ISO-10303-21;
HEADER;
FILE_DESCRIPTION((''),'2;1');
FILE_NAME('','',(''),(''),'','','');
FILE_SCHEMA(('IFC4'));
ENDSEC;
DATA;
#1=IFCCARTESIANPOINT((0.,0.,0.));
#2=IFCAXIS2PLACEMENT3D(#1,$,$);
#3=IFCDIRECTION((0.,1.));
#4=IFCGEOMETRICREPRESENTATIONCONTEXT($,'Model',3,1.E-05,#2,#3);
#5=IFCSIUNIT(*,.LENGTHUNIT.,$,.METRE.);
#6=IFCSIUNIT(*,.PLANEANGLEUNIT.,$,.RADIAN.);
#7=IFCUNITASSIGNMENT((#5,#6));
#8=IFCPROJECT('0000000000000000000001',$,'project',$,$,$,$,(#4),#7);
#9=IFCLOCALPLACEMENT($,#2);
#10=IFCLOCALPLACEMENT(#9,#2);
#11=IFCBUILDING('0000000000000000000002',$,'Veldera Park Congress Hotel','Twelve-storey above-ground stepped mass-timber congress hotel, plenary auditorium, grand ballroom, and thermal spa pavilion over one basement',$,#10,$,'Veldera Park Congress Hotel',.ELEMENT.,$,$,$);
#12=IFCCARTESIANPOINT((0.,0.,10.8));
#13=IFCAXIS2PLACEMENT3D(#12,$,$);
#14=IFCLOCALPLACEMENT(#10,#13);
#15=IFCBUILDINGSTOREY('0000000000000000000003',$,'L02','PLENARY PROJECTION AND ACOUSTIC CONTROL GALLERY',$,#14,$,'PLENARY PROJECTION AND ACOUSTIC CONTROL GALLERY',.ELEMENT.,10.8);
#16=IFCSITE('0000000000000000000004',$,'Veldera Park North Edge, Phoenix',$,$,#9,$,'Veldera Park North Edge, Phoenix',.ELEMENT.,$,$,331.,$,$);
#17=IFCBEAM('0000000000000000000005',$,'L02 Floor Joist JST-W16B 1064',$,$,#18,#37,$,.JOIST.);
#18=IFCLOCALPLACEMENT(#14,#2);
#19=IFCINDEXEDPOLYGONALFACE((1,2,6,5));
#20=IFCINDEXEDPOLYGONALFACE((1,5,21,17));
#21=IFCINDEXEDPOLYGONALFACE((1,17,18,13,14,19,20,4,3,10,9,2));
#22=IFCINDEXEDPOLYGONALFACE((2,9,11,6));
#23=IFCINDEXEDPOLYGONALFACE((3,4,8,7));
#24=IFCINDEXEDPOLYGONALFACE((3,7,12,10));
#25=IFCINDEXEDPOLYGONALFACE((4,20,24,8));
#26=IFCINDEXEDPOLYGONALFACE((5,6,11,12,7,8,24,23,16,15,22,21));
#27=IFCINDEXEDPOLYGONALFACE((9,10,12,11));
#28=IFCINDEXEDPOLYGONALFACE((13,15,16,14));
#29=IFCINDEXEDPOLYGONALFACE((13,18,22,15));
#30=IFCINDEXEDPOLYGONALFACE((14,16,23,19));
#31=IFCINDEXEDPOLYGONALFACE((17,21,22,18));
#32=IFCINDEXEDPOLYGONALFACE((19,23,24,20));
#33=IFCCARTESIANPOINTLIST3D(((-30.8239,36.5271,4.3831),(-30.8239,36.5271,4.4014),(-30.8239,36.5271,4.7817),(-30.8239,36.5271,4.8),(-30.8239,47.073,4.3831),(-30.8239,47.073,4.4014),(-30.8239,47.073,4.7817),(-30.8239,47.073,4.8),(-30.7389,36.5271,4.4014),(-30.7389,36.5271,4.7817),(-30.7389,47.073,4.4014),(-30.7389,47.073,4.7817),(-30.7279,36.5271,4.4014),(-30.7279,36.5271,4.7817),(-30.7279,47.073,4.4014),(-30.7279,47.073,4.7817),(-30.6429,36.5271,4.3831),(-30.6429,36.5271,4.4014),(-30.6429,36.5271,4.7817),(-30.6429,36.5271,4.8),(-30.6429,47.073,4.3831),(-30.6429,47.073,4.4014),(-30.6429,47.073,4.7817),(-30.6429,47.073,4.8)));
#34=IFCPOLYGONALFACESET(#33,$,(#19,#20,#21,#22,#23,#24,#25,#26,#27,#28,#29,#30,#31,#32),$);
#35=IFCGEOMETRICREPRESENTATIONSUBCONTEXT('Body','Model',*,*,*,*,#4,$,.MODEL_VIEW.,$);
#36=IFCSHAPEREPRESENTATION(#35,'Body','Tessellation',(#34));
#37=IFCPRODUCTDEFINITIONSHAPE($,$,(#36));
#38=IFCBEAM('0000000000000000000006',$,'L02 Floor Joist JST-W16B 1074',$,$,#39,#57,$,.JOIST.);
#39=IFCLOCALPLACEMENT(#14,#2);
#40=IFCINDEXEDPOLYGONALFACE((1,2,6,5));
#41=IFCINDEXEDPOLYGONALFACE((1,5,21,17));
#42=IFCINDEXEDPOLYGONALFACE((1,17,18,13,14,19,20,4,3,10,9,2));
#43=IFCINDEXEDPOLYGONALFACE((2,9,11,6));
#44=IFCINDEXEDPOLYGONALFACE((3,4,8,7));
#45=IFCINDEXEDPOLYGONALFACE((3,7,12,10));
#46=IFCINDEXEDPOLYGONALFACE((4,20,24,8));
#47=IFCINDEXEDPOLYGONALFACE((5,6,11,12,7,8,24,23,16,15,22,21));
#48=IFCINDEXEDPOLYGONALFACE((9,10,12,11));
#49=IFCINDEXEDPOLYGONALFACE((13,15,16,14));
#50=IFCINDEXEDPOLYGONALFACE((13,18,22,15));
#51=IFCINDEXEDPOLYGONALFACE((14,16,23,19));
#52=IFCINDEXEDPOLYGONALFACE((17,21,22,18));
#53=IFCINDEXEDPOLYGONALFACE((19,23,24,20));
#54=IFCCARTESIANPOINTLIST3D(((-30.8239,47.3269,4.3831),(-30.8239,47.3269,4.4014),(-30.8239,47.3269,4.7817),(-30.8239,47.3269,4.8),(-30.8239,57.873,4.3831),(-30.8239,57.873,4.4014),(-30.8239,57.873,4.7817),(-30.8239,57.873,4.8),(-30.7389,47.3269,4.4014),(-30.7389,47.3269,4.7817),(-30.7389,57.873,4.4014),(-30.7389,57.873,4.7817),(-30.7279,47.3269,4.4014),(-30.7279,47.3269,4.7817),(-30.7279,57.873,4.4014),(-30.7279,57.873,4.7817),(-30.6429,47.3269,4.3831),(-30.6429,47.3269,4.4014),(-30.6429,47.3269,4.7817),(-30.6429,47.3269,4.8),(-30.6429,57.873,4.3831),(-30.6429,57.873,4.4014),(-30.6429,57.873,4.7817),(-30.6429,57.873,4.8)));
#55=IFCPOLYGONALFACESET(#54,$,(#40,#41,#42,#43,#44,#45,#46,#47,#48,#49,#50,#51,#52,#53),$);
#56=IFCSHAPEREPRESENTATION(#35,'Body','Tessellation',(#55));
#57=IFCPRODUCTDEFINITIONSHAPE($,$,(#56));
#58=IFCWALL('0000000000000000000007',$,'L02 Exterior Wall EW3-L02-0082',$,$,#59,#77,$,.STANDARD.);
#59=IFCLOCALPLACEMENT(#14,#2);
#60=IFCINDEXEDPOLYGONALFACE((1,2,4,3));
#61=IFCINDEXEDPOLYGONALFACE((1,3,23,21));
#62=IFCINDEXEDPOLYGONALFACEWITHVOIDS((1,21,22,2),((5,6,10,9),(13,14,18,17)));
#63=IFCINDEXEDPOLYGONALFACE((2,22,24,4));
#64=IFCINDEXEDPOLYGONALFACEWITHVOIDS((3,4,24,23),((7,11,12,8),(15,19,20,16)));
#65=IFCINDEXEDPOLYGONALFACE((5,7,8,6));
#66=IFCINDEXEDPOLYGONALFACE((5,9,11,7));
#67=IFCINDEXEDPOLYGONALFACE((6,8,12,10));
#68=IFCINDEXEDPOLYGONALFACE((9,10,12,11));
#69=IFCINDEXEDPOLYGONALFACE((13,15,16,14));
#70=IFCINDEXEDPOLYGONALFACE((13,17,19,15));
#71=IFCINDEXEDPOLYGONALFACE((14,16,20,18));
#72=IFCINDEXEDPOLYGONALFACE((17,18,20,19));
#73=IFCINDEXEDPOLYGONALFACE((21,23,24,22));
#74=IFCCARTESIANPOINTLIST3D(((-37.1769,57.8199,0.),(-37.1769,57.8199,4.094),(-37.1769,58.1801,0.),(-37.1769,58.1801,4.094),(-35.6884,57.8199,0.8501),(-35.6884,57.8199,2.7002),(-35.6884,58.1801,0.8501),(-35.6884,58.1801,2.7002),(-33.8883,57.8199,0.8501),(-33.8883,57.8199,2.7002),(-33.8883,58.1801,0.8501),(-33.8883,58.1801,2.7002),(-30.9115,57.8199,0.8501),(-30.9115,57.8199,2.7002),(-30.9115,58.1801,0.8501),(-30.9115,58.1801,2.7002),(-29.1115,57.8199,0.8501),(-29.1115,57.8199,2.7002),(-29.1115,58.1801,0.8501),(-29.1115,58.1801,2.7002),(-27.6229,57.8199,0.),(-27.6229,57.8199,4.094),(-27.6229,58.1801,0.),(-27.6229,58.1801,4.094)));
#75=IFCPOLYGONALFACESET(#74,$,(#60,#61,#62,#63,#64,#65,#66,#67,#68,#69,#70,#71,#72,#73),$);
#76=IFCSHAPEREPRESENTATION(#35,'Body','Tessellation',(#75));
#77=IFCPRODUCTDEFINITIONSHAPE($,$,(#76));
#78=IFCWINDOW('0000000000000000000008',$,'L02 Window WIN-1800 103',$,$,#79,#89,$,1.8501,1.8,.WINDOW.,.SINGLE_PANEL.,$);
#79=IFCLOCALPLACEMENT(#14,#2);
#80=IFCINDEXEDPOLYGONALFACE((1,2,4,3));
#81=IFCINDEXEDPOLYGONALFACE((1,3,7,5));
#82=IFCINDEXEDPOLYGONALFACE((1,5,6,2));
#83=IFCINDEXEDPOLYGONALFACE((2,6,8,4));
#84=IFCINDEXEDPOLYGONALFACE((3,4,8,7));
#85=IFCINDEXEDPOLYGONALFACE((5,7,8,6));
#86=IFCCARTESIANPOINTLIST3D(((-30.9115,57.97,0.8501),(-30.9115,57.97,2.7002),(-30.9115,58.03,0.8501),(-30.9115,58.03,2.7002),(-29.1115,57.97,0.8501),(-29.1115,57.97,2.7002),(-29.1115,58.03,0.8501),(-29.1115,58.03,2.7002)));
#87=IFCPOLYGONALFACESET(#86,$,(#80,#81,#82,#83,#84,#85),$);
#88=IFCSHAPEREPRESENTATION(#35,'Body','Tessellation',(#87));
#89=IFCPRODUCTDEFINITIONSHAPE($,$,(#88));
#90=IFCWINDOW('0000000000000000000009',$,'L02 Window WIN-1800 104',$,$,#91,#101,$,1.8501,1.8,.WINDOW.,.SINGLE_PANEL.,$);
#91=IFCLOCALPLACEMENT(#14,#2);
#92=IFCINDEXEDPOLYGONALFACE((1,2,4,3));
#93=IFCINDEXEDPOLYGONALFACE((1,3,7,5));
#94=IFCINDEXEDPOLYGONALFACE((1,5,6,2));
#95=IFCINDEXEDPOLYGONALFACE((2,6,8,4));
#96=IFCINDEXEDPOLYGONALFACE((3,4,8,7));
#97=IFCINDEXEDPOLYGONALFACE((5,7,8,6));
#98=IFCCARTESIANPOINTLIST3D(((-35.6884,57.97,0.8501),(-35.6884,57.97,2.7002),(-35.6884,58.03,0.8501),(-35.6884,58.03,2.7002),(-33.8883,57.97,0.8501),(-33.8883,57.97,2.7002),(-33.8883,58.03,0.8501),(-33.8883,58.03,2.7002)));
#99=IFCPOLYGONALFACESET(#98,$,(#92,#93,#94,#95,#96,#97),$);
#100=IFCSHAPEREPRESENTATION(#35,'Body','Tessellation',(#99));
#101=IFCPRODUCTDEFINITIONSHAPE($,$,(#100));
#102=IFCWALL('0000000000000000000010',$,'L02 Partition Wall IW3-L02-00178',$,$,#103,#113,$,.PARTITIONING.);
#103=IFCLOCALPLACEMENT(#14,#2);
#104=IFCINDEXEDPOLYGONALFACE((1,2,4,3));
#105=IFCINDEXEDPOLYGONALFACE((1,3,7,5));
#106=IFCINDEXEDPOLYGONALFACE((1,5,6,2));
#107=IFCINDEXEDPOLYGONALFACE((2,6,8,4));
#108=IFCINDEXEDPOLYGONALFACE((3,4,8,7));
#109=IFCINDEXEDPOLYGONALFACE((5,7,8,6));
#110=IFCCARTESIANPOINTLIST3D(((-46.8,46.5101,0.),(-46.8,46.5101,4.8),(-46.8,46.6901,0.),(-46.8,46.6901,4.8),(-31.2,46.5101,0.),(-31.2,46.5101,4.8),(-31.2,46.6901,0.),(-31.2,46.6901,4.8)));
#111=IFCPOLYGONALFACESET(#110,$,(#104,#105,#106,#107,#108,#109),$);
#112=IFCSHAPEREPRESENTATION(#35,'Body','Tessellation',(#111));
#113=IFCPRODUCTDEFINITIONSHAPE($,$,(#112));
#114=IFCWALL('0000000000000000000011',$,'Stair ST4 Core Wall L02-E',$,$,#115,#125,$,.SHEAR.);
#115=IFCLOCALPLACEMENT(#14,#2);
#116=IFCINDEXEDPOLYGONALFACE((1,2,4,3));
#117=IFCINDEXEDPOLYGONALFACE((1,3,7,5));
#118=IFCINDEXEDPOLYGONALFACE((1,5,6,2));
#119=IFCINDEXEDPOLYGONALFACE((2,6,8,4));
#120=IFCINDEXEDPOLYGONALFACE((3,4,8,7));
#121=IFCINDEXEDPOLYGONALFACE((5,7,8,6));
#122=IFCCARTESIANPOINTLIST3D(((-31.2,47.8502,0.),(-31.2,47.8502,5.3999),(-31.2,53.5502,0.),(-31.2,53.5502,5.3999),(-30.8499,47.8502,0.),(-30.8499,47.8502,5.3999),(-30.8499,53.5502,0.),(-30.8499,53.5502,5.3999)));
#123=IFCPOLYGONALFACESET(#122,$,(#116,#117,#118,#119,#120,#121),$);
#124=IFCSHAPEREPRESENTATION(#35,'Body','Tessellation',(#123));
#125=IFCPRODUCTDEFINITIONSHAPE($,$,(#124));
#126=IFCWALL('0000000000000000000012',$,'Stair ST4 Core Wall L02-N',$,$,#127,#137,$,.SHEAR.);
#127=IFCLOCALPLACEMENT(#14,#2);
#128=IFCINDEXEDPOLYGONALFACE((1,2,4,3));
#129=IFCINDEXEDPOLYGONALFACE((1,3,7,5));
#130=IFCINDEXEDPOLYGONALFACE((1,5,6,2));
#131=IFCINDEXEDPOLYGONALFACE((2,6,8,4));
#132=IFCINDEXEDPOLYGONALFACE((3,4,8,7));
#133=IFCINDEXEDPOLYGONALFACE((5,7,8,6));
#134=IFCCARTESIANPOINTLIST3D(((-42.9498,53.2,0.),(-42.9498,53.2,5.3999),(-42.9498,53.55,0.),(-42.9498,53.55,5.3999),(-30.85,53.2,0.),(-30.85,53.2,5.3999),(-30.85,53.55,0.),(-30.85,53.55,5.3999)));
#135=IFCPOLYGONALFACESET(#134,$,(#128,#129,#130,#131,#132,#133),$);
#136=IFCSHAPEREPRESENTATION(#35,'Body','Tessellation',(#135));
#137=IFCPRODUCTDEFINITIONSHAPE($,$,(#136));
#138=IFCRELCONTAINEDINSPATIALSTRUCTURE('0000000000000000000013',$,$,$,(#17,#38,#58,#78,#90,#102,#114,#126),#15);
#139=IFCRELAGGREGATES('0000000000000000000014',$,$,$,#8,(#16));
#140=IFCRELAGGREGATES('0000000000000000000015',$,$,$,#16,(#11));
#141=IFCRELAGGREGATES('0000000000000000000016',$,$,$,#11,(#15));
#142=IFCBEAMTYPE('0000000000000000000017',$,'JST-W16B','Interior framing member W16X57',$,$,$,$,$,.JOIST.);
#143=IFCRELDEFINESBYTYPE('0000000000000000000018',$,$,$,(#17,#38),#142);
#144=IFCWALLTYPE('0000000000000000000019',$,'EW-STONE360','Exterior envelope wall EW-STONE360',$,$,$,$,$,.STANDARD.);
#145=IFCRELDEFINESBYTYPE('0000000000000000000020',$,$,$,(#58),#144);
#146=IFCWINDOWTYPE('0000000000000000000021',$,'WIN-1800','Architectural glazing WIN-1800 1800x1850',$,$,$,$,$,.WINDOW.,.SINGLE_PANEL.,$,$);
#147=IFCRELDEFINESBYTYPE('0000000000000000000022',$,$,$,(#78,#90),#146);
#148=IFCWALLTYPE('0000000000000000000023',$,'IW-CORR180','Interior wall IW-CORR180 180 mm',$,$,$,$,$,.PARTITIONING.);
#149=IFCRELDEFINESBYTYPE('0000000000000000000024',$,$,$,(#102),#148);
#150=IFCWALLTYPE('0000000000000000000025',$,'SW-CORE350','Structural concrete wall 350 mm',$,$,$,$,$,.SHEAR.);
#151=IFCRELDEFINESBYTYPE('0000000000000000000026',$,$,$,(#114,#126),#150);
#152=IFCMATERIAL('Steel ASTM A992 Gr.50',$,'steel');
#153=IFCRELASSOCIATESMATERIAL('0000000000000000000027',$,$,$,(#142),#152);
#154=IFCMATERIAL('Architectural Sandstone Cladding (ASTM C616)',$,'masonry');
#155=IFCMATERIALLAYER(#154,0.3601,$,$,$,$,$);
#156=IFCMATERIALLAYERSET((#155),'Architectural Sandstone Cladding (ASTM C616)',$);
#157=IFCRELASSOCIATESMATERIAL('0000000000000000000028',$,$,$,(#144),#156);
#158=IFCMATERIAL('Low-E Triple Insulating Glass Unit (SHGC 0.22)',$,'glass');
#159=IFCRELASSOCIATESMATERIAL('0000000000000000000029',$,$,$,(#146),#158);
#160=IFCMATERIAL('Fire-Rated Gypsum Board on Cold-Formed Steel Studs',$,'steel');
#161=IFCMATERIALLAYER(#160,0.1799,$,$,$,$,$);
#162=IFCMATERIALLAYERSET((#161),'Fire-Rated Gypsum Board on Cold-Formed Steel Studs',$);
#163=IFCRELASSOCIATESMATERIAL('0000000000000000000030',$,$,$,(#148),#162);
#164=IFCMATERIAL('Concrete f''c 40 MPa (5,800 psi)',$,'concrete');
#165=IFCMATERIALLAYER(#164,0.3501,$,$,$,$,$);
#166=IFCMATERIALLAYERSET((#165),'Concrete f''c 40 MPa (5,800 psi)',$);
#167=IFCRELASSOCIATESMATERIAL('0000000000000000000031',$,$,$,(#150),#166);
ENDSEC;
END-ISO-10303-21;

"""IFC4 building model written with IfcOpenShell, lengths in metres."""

from ifc_helpers import new_model, si_unit, direction, frame, frame_2d, origin, origin_2d, place, context, subcontext, project, spatial, rectangle, i_section, extrude, material, layer, layer_set, material_profile, profile_set, type_object, element, fill, save


model = new_model("IFC4")

# Units and contexts
model_context = context("Model", 3, precision=1e-05, world=origin(), true_north=direction((0.0, 1.0)))
body_context = subcontext(model_context, "Body", "Model", "MODEL_VIEW")
ifc_project = project(units=[si_unit("LENGTHUNIT", "METRE"), si_unit("PLANEANGLEUNIT", "RADIAN")], contexts=[model_context])

# Site, building, storey
site_placement = place(None, origin())
site = spatial("IfcSite", under=ifc_project, at=site_placement, Name="Veldera Park North Edge, Phoenix", LongName="Veldera Park North Edge, Phoenix", CompositionType="ELEMENT", RefElevation=331.0)
building_placement = place(site_placement, origin())
building = spatial("IfcBuilding", under=site, at=building_placement, Name="Veldera Park Congress Hotel", Description="Twelve-storey above-ground stepped mass-timber congress hotel, plenary auditorium, grand ballroom, and thermal spa pavilion over one basement", LongName="Veldera Park Congress Hotel", CompositionType="ELEMENT")
storey_placement = place(building_placement, frame((0.0, 0.0, 10.8)))
storey = spatial("IfcBuildingStorey", under=building, at=storey_placement, Name="L02", Description="PLENARY PROJECTION AND ACOUSTIC CONTROL GALLERY", LongName="PLENARY PROJECTION AND ACOUSTIC CONTROL GALLERY", CompositionType="ELEMENT", Elevation=10.8)

# Beams
ifc_material_1 = material(Name="Steel ASTM A992 Gr.50", Category="steel")
ifc_material_profile_1 = material_profile(ifc_material_1, i_section(OverallWidth=0.1809, OverallDepth=0.417, WebThickness=0.011, FlangeThickness=0.0183, at=origin_2d()), Name="W16X57")
ifc_profile_set_1 = profile_set([ifc_material_profile_1], Name="Steel ASTM A992 Gr.50")
beam_type_1 = type_object("IfcBeamType", Name="JST-W16B", Description="Interior framing member W16X57", PredefinedType="JOIST", material=ifc_profile_set_1)
for number, where, z_axis, x_axis, name in (
    (1, (-30.7334, 36.5271, 4.5916), (0.0, 1.0, 0.0), (-1.0, 0.0, 0.0), "L02 Floor Joist JST-W16B 1064"),
):
    element("IfcBeam", number, at=place(storey_placement, frame(where, z_axis=z_axis, x_axis=x_axis)), inside=storey, type_object=beam_type_1, Name=name, PredefinedType="JOIST", context=body_context, shape_type="SweptSolid", body=[
        extrude(i_section(OverallWidth=0.1809, OverallDepth=0.417, WebThickness=0.011, FlangeThickness=0.0183, at=origin_2d()), origin(), (0.0, 0.0, 1.0), 10.5459),
    ])
beam_1_placement = place(storey_placement, frame((-30.7334, 47.3269, 4.5916), z_axis=(0.0, 1.0, 0.0), x_axis=(-1.0, 0.0, 0.0)))
element("IfcBeam", 2, at=beam_1_placement, inside=storey, type_object=beam_type_1, Name="L02 Floor Joist JST-W16B 1074", PredefinedType="JOIST", context=body_context, shape_type="SweptSolid", body=[
    extrude(i_section(OverallWidth=0.1809, OverallDepth=0.417, WebThickness=0.011, FlangeThickness=0.0183, at=origin_2d()), origin(), (0.0, 0.0, 1.0), 10.5461),
])

# Wall, openings, windows
ifc_material_2 = material(Name="Architectural Sandstone Cladding (ASTM C616)", Category="masonry")
ifc_layer_1 = layer(ifc_material_2, 0.3601)
ifc_layer_set_1 = layer_set([ifc_layer_1], Name="Architectural Sandstone Cladding (ASTM C616)")
wall_type_1 = type_object("IfcWallType", Name="EW-STONE360", Description="Exterior envelope wall EW-STONE360", PredefinedType="STANDARD", material=ifc_layer_set_1)
wall_1_placement = place(storey_placement, frame((-27.623, 58.0, 0.0), z_axis=(0.0, 0.0, 1.0), x_axis=(-1.0, 0.0, 0.0)))
wall_1 = element("IfcWall", 3, at=wall_1_placement, inside=storey, type_object=wall_type_1, Name="L02 Exterior Wall EW3-L02-0082", PredefinedType="STANDARD", context=body_context, shape_type="SweptSolid", body=[
    extrude(rectangle(XDim=9.554, YDim=0.3601, at=frame_2d((4.7769, 0.0))), origin(), (0.0, 0.0, 1.0), 4.094),
])
opening_1_placement = place(wall_1_placement, frame((1.4885, 0.0, 0.8501)))
opening_1 = element("IfcOpeningElement", 4, at=opening_1_placement, cuts=wall_1, PredefinedType="OPENING", context=body_context, shape_type="SweptSolid", body=[
    extrude(rectangle(XDim=1.8, YDim=1.8501, at=frame_2d((0.8999, 0.925))), frame((0.0, 0.1921, 0.0), z_axis=(0.0, -1.0, 0.0), x_axis=(1.0, 0.0, 0.0)), (0.0, 0.0, 1.0), 0.384),
])
opening_2_placement = place(wall_1_placement, frame((6.2654, 0.0, 0.8501)))
opening_2 = element("IfcOpeningElement", 5, at=opening_2_placement, cuts=wall_1, PredefinedType="OPENING", context=body_context, shape_type="SweptSolid", body=[
    extrude(rectangle(XDim=1.8, YDim=1.8501, at=frame_2d((0.8999, 0.925))), frame((0.0, 0.1921, 0.0), z_axis=(0.0, -1.0, 0.0), x_axis=(1.0, 0.0, 0.0)), (0.0, 0.0, 1.0), 0.384),
])
ifc_material_3 = material(Name="Low-E Triple Insulating Glass Unit (SHGC 0.22)", Category="glass")
window_type = type_object("IfcWindowType", Name="WIN-1800", Description="Architectural glazing WIN-1800 1800x1850", PartitioningType="SINGLE_PANEL", PredefinedType="WINDOW", material=ifc_material_3)
window_1_placement = place(opening_1_placement, origin())
window_1 = element("IfcWindow", 6, at=window_1_placement, inside=storey, type_object=window_type, Name="L02 Window WIN-1800 103", OverallHeight=1.8501, OverallWidth=1.8, PartitioningType="SINGLE_PANEL", PredefinedType="WINDOW", context=body_context, shape_type="SweptSolid", body=[
    extrude(rectangle(XDim=1.8, YDim=1.8501, at=frame_2d((0.8999, 0.925))), frame((0.0, 0.03, 0.0), z_axis=(0.0, -1.0, 0.0), x_axis=(1.0, 0.0, 0.0)), (0.0, 0.0, 1.0), 0.0601),
])
fill(opening_1, window_1)
window_2_placement = place(opening_2_placement, origin())
window_2 = element("IfcWindow", 7, at=window_2_placement, inside=storey, type_object=window_type, Name="L02 Window WIN-1800 104", OverallHeight=1.8501, OverallWidth=1.8, PartitioningType="SINGLE_PANEL", PredefinedType="WINDOW", context=body_context, shape_type="SweptSolid", body=[
    extrude(rectangle(XDim=1.8, YDim=1.8501, at=frame_2d((0.8999, 0.925))), frame((0.0, 0.03, 0.0), z_axis=(0.0, -1.0, 0.0), x_axis=(1.0, 0.0, 0.0)), (0.0, 0.0, 1.0), 0.0601),
])
fill(opening_2, window_2)

# Walls
ifc_material_4 = material(Name="Fire-Rated Gypsum Board on Cold-Formed Steel Studs", Category="steel")
ifc_layer_2 = layer(ifc_material_4, 0.1799)
ifc_layer_set_2 = layer_set([ifc_layer_2], Name="Fire-Rated Gypsum Board on Cold-Formed Steel Studs")
wall_type_2 = type_object("IfcWallType", Name="IW-CORR180", Description="Interior wall IW-CORR180 180 mm", PredefinedType="PARTITIONING", material=ifc_layer_set_2)
wall_2_placement = place(storey_placement, frame((-31.2, 46.6001, 0.0), z_axis=(0.0, 0.0, 1.0), x_axis=(-1.0, 0.0, 0.0)))
element("IfcWall", 8, at=wall_2_placement, inside=storey, type_object=wall_type_2, Name="L02 Partition Wall IW3-L02-00178", PredefinedType="PARTITIONING", context=body_context, shape_type="SweptSolid", body=[
    extrude(rectangle(XDim=15.6001, YDim=0.1799, at=frame_2d((7.8, 0.0))), origin(), (0.0, 0.0, 1.0), 4.8),
])
ifc_material_5 = material(Name="Concrete f'c 40 MPa (5,800 psi)", Category="concrete")
ifc_layer_3 = layer(ifc_material_5, 0.3501)
ifc_layer_set_3 = layer_set([ifc_layer_3], Name="Concrete f'c 40 MPa (5,800 psi)")
wall_type_3 = type_object("IfcWallType", Name="SW-CORE350", Description="Structural concrete wall 350 mm", PredefinedType="SHEAR", material=ifc_layer_set_3)
wall_3_placement = place(storey_placement, frame((-31.0249, 47.8501, 0.0), z_axis=(0.0, 0.0, 1.0), x_axis=(0.0, 1.0, 0.0)))
element("IfcWall", 9, at=wall_3_placement, inside=storey, type_object=wall_type_3, Name="Stair ST4 Core Wall L02-E", PredefinedType="SHEAR", context=body_context, shape_type="SweptSolid", body=[
    extrude(rectangle(XDim=5.7, YDim=0.3501, at=frame_2d((2.8501, 0.0))), origin(), (0.0, 0.0, 1.0), 5.3999),
])
wall_4_placement = place(storey_placement, frame((-30.8501, 53.375, 0.0), z_axis=(0.0, 0.0, 1.0), x_axis=(-1.0, 0.0, 0.0)))
element("IfcWall", 10, at=wall_4_placement, inside=storey, type_object=wall_type_3, Name="Stair ST4 Core Wall L02-N", PredefinedType="SHEAR", context=body_context, shape_type="SweptSolid", body=[
    extrude(rectangle(XDim=12.0999, YDim=0.3501, at=frame_2d((6.0498, 0.0))), origin(), (0.0, 0.0, 1.0), 5.3999),
])

save(model, "model.ifc")
